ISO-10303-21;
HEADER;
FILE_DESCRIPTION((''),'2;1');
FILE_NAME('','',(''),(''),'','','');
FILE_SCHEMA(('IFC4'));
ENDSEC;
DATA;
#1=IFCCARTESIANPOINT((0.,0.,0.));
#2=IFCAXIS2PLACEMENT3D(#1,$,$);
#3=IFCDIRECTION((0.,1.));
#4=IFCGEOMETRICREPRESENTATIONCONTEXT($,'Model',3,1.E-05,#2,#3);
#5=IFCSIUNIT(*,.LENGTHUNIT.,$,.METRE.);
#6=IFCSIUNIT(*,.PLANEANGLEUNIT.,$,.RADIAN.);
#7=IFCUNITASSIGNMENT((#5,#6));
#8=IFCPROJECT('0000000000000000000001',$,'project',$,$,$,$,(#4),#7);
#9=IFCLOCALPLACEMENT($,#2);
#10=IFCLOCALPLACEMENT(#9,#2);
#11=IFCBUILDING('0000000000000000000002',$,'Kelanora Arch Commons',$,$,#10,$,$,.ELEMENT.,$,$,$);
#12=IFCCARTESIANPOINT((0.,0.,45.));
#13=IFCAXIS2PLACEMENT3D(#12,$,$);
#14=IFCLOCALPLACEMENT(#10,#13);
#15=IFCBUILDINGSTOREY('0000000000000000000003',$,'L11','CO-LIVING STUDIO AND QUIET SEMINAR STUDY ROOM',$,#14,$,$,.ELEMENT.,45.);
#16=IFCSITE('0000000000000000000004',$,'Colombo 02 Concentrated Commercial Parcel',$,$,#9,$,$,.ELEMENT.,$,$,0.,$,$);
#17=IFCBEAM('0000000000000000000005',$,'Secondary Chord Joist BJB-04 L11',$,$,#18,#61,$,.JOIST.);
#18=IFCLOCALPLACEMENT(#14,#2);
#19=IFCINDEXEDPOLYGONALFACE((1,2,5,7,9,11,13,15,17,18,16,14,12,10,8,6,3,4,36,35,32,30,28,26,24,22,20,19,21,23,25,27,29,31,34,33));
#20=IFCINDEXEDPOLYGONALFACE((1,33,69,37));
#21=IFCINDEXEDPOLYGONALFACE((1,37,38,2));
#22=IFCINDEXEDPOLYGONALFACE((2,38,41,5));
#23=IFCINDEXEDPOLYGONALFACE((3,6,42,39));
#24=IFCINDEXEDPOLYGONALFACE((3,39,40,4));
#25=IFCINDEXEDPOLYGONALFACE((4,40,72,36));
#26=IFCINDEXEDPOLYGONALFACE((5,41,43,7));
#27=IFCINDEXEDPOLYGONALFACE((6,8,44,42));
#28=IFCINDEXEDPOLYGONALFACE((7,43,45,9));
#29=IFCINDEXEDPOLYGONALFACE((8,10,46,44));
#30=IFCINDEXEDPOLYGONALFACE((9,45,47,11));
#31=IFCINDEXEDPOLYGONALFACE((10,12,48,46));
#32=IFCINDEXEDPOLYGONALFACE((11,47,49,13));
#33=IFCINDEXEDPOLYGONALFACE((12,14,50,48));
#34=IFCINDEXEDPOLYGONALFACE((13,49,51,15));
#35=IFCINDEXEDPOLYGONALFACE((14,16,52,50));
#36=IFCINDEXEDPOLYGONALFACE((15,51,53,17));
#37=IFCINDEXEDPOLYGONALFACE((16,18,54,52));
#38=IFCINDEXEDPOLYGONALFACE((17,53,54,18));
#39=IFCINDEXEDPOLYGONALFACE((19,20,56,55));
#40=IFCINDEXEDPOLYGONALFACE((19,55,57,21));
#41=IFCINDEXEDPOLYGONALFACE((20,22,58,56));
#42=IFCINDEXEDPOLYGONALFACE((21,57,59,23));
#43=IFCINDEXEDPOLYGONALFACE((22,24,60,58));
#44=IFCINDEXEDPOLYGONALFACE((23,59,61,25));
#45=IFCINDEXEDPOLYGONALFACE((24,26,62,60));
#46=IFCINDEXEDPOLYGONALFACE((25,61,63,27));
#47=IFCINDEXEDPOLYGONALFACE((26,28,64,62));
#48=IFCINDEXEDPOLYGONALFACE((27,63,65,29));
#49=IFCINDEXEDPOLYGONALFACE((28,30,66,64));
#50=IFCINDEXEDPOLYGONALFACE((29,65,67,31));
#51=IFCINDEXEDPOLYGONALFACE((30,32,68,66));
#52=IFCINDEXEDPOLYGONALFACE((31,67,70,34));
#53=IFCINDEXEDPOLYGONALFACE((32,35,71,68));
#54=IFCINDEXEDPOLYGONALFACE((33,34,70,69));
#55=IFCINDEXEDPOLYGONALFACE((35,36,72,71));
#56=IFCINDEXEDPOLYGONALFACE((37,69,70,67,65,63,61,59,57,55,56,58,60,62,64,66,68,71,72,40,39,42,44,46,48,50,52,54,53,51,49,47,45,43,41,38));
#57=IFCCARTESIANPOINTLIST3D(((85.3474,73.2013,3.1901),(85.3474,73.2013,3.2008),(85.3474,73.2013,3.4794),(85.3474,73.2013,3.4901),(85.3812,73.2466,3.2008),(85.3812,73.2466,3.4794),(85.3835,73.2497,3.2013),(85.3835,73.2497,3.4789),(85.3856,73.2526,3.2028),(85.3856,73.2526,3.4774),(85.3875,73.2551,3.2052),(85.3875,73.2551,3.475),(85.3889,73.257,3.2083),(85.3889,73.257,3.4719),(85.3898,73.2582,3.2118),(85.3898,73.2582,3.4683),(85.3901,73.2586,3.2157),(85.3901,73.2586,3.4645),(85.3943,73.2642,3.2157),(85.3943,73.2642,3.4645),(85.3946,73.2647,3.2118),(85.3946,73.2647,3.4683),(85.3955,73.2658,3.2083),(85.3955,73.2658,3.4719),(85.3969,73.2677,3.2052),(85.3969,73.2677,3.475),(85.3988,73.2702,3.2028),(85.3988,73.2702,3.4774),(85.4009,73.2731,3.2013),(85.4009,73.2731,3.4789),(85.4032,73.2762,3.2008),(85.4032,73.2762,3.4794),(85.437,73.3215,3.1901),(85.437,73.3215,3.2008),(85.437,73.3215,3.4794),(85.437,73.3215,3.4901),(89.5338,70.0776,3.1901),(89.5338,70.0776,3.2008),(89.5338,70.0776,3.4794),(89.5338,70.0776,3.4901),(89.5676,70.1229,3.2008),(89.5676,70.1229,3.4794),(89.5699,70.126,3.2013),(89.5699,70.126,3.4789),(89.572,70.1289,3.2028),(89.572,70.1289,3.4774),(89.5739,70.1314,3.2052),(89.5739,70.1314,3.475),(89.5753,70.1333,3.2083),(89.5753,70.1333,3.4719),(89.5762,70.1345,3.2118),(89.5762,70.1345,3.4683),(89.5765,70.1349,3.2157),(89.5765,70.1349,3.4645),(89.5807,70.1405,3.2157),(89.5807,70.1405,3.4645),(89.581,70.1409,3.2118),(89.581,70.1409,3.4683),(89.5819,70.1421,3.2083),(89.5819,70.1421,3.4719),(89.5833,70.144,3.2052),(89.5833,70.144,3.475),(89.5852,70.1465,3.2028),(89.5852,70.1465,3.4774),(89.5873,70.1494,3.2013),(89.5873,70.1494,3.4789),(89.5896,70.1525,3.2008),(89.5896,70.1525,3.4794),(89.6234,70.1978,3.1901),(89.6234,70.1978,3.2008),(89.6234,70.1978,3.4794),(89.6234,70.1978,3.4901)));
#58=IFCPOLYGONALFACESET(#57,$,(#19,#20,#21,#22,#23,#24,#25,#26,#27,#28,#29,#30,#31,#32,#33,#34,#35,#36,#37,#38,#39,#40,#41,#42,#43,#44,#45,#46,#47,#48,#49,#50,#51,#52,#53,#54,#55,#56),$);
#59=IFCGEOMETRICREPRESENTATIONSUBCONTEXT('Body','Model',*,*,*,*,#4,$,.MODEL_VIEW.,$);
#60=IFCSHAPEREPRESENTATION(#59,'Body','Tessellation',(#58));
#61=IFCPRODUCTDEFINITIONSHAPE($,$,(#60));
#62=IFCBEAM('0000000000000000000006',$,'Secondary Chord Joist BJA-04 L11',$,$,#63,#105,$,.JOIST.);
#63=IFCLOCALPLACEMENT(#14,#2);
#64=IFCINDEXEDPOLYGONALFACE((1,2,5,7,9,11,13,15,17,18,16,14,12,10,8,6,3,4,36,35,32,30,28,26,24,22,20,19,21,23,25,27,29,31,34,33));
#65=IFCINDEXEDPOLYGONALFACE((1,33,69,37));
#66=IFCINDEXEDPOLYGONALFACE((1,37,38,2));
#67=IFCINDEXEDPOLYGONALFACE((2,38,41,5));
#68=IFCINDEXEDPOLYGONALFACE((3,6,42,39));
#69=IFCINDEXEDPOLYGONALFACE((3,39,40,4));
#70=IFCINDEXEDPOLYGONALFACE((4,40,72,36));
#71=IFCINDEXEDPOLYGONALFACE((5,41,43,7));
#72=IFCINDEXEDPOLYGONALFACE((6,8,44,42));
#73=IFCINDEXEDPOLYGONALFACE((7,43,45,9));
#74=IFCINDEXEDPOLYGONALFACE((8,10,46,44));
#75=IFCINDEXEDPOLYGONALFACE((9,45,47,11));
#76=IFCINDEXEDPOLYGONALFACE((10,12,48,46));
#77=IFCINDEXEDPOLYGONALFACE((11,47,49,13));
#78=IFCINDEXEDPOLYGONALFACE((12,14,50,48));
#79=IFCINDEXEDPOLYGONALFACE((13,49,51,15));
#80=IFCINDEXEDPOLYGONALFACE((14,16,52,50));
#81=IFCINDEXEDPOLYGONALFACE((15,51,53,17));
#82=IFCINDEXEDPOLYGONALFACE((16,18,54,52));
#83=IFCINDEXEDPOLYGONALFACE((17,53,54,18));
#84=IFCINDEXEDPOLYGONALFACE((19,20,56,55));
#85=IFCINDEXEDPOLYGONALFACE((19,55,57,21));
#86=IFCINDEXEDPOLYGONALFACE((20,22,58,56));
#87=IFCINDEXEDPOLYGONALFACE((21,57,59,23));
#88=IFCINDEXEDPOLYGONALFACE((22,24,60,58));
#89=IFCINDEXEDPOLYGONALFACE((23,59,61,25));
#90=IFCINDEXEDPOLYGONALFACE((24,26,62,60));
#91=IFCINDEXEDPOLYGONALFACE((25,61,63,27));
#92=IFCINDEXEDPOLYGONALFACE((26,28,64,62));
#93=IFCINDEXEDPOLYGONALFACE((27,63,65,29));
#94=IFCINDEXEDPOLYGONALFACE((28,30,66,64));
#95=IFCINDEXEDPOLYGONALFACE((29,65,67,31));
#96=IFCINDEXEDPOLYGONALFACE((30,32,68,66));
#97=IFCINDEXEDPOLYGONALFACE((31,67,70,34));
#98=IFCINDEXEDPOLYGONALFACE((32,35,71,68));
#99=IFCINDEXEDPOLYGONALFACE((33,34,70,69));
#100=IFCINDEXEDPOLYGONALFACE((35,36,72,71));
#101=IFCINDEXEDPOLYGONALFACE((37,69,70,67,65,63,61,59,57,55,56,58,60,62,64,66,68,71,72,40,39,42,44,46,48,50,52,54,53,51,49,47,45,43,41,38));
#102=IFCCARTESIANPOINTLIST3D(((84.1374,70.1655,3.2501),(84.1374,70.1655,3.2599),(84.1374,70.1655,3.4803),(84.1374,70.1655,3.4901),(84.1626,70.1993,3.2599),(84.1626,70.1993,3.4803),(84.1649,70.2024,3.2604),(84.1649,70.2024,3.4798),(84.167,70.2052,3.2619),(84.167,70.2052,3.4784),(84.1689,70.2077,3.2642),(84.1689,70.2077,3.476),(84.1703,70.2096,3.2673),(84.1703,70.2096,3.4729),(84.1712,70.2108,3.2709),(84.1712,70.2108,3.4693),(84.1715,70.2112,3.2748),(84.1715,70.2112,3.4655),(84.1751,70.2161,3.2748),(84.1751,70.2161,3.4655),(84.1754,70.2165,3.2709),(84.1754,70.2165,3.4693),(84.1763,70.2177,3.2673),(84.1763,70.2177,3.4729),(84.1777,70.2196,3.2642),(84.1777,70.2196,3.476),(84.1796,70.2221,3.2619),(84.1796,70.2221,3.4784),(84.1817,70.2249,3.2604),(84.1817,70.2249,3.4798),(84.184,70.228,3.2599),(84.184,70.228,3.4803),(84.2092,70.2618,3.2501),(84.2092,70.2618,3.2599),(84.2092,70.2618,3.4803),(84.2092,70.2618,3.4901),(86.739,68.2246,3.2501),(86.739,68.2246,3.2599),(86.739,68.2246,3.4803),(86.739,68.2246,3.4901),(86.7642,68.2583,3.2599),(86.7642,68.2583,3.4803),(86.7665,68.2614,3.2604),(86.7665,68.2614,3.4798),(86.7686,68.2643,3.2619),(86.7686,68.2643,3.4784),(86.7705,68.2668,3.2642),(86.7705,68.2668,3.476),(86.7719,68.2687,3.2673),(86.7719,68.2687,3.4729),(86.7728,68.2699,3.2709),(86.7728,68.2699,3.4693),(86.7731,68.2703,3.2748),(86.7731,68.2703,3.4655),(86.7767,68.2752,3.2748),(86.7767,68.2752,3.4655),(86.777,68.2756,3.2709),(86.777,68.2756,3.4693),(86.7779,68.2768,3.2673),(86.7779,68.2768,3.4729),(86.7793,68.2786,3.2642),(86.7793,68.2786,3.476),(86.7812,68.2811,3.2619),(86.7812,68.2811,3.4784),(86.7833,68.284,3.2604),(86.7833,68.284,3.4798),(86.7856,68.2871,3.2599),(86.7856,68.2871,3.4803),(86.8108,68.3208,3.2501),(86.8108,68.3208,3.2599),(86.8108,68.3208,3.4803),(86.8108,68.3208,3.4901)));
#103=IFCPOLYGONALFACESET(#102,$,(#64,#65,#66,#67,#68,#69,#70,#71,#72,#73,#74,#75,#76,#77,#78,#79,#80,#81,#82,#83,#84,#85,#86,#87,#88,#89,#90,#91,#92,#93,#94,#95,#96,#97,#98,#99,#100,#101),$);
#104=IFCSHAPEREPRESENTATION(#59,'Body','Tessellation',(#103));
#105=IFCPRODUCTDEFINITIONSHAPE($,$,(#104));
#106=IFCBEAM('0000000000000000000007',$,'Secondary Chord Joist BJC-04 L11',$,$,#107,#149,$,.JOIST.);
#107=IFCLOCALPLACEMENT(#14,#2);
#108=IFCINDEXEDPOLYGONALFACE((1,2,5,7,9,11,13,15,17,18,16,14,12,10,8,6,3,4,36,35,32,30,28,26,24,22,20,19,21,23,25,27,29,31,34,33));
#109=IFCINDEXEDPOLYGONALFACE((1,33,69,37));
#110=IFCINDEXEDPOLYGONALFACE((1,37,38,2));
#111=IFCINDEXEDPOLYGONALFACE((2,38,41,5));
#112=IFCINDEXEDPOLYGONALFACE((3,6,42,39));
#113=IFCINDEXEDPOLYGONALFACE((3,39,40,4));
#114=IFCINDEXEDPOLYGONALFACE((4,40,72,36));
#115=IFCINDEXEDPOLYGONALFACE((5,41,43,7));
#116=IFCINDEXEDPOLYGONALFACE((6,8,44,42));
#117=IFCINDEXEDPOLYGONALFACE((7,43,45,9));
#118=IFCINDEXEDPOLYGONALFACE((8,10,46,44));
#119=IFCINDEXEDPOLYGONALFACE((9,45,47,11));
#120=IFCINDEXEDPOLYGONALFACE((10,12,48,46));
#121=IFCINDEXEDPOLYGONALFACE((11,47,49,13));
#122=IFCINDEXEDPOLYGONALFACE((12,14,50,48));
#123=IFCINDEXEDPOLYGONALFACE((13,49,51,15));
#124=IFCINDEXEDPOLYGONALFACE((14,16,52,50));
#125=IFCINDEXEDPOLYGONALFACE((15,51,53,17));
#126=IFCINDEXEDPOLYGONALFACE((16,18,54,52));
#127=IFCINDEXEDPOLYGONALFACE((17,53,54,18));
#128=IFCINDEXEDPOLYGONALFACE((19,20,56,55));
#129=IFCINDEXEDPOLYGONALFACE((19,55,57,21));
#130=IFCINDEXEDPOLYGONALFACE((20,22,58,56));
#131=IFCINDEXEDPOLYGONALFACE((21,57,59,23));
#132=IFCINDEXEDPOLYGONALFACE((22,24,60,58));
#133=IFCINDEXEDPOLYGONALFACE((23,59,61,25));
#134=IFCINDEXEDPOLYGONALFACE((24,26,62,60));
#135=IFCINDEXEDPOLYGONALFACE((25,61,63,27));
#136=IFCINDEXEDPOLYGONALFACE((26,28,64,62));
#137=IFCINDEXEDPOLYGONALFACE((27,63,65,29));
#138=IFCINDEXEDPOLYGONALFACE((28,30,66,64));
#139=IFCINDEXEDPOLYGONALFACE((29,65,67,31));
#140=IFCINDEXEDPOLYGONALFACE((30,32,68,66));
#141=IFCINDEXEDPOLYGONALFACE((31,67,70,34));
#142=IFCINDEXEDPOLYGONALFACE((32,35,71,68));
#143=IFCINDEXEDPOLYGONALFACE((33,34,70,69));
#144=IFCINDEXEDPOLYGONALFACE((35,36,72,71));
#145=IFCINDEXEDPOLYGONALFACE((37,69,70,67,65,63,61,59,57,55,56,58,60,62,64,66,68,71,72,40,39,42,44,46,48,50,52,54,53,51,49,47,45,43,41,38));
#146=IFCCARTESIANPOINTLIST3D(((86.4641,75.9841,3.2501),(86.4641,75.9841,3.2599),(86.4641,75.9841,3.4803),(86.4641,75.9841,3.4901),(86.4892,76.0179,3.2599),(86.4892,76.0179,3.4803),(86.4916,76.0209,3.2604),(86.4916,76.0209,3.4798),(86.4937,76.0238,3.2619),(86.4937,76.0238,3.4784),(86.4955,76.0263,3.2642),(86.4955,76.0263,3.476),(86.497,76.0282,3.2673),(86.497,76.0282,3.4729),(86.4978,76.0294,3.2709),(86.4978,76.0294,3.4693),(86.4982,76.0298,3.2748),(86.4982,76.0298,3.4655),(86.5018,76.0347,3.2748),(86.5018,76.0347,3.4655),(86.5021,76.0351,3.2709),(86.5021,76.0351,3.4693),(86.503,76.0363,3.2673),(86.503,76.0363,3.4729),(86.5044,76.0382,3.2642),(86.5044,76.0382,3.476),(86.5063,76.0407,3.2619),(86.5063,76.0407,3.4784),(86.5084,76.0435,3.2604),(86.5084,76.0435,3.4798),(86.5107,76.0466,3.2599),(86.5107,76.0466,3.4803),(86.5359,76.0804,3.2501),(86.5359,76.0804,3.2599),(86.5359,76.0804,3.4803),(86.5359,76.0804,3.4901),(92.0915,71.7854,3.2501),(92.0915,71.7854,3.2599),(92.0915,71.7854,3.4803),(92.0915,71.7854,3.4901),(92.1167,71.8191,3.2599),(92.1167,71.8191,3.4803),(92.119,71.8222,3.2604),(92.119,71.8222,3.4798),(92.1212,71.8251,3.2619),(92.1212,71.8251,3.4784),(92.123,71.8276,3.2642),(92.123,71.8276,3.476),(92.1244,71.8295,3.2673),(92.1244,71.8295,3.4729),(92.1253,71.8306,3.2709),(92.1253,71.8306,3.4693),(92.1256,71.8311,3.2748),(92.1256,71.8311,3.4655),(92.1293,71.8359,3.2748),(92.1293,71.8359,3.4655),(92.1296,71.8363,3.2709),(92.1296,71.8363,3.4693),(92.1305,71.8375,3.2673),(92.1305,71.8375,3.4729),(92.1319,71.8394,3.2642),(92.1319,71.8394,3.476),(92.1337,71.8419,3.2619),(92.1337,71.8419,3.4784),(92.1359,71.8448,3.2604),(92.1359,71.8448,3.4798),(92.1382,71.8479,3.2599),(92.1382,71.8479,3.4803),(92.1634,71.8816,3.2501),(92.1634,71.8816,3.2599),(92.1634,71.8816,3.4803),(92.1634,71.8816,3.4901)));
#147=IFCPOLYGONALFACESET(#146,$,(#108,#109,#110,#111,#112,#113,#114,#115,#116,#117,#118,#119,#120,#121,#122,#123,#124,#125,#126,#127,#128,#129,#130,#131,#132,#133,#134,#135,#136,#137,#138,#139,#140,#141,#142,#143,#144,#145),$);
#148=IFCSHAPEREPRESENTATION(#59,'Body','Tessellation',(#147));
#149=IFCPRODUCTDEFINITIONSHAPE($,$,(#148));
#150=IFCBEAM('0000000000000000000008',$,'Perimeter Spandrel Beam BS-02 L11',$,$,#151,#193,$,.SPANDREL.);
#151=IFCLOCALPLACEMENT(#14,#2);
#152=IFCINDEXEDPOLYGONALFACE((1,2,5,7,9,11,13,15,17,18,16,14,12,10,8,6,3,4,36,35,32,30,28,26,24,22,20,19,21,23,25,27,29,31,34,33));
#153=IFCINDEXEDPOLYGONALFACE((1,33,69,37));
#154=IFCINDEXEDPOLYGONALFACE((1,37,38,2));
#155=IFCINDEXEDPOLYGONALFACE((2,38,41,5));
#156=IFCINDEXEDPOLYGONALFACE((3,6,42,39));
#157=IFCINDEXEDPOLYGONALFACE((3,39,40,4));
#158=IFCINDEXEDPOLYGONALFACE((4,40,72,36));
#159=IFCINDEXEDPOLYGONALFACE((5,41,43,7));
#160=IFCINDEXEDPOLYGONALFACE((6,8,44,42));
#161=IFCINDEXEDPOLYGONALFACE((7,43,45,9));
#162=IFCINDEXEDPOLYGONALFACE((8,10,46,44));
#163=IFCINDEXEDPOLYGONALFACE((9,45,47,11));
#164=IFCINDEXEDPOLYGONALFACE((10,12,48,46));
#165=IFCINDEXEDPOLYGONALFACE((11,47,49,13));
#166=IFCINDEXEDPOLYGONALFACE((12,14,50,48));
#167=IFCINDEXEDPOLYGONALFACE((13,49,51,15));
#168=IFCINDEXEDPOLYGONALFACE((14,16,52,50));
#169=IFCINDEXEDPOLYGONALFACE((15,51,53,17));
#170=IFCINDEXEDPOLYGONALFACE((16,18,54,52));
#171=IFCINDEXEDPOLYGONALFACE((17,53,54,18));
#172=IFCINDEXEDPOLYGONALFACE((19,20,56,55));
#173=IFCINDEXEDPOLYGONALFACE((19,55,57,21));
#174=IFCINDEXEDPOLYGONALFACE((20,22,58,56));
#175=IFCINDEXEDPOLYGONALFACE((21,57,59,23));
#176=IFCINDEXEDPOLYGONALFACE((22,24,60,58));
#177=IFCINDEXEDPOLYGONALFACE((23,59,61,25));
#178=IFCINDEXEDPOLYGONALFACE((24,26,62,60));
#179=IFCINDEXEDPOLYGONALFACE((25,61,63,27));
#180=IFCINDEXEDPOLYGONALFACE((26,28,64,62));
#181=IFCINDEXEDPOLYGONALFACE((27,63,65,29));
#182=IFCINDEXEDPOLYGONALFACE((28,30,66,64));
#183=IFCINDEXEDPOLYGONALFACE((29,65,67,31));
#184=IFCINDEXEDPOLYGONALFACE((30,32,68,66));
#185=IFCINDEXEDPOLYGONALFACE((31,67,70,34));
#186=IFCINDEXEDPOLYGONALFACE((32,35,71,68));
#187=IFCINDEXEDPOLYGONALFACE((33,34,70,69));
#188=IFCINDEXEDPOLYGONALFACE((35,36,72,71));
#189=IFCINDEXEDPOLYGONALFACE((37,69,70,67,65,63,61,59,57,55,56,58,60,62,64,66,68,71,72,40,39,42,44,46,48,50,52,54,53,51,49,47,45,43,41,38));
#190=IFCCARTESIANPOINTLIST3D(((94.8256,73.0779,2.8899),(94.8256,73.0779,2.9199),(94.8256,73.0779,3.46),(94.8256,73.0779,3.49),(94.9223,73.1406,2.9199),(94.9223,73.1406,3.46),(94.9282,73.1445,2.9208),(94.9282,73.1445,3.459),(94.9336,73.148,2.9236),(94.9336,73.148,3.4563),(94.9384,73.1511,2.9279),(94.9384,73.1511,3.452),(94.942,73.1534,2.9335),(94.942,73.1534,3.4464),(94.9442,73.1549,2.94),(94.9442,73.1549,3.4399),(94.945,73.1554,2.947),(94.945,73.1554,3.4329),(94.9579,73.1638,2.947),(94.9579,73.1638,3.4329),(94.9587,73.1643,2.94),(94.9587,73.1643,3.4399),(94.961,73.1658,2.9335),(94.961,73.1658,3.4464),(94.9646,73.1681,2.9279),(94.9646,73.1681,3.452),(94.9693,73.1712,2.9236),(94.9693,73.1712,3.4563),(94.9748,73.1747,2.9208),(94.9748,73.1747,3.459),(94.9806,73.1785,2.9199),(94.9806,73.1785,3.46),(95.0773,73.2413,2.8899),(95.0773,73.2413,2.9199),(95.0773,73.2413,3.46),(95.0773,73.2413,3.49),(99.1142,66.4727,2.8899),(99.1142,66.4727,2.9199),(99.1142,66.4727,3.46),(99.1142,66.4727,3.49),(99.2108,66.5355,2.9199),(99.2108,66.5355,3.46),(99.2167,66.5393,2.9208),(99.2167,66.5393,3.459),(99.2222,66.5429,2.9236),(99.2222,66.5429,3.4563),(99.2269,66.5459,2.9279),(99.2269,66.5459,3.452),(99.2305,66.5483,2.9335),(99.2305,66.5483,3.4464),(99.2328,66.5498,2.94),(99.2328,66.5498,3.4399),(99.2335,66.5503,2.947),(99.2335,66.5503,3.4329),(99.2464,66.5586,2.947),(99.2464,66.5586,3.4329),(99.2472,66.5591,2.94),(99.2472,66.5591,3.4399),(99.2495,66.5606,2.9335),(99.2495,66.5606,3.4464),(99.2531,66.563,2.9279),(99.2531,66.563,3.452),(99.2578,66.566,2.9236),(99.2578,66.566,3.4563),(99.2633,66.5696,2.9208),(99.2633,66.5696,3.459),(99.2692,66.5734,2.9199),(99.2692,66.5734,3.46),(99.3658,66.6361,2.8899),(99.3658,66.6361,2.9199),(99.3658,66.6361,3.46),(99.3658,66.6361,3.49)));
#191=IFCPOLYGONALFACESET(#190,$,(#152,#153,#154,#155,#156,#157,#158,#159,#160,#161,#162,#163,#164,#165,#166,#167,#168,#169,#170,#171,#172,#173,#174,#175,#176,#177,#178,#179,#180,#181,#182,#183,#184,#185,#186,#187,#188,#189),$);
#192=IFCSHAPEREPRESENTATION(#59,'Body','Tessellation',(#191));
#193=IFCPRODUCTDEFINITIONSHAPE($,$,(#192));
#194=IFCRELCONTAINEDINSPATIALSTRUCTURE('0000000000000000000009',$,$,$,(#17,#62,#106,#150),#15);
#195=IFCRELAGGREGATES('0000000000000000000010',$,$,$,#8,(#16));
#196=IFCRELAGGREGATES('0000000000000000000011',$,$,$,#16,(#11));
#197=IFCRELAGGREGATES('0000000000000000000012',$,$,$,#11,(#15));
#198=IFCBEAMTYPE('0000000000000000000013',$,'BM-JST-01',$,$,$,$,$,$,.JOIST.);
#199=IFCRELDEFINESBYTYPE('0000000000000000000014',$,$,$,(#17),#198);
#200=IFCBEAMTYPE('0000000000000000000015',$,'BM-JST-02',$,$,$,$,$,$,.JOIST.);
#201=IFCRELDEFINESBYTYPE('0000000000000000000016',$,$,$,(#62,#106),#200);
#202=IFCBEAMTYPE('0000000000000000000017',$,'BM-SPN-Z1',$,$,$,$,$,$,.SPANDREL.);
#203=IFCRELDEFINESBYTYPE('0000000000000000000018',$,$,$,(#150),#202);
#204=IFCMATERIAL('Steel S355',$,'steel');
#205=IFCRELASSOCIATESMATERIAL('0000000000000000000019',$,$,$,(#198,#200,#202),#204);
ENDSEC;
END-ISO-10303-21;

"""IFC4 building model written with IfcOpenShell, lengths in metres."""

from ifc_helpers import new_model, si_unit, direction, frame, origin, origin_2d, place, context, subcontext, project, spatial, i_section, extrude, material, material_profile, profile_set, type_object, element, save


model = new_model("IFC4")

# Units and contexts
model_context = context("Model", 3, precision=1e-05, world=origin(), true_north=direction((0.0, 1.0)))
body_context = subcontext(model_context, "Body", "Model", "MODEL_VIEW")
ifc_project = project(units=[si_unit("LENGTHUNIT", "METRE"), si_unit("PLANEANGLEUNIT", "RADIAN")], contexts=[model_context])

# Site, building, storey
site_placement = place(None, origin())
site = spatial("IfcSite", under=ifc_project, at=site_placement, Name="Colombo 02 Concentrated Commercial Parcel", CompositionType="ELEMENT", RefElevation=0.0)
building_placement = place(site_placement, origin())
building = spatial("IfcBuilding", under=site, at=building_placement, Name="Kelanora Arch Commons", CompositionType="ELEMENT")
storey_placement = place(building_placement, frame((0.0, 0.0, 45.0)))
storey = spatial("IfcBuildingStorey", under=building, at=storey_placement, Name="L11", Description="CO-LIVING STUDIO AND QUIET SEMINAR STUDY ROOM", CompositionType="ELEMENT", Elevation=45.0)

# Beams
ifc_material_1 = material(Name="Steel S355", Category="steel")
ifc_material_profile_1 = material_profile(ifc_material_1, i_section(OverallWidth=0.1499, OverallDepth=0.3, WebThickness=0.0071, FlangeThickness=0.0107, FilletRadius=0.0149, at=origin_2d()), Name="IPE300")
ifc_profile_set_1 = profile_set([ifc_material_profile_1], Name="Steel S355")
beam_type_1 = type_object("IfcBeamType", Name="BM-JST-01", PredefinedType="JOIST", material=ifc_profile_set_1)
beam_1_placement = place(storey_placement, frame((89.5786, 70.1377, 3.3401), z_axis=(-0.801478, 0.598024, 0.0), x_axis=(-0.598024, -0.801478, 0.0)))
element("IfcBeam", 1, at=beam_1_placement, inside=storey, type_object=beam_type_1, Name="Secondary Chord Joist BJB-04 L11", PredefinedType="JOIST", context=body_context, shape_type="SweptSolid", body=[
    extrude(i_section(OverallWidth=0.1499, OverallDepth=0.3, WebThickness=0.0071, FlangeThickness=0.0107, FilletRadius=0.0149, at=origin_2d()), origin(), (0.0, 0.0, 1.0), 5.2234),
])
ifc_material_profile_2 = material_profile(ifc_material_1, i_section(OverallWidth=0.1201, OverallDepth=0.24, WebThickness=0.0061, FlangeThickness=0.0098, FilletRadius=0.0149, at=origin_2d()), Name="IPE240")
ifc_profile_set_2 = profile_set([ifc_material_profile_2], Name="Steel S355")
beam_type_2 = type_object("IfcBeamType", Name="BM-JST-02", PredefinedType="JOIST", material=ifc_profile_set_2)
beam_2_placement = place(storey_placement, frame((86.7749, 68.2727, 3.3701), z_axis=(-0.801514, 0.597976, 0.0), x_axis=(-0.597976, -0.801514, 0.0)))
element("IfcBeam", 2, at=beam_2_placement, inside=storey, type_object=beam_type_2, Name="Secondary Chord Joist BJA-04 L11", PredefinedType="JOIST", context=body_context, shape_type="SweptSolid", body=[
    extrude(i_section(OverallWidth=0.1201, OverallDepth=0.24, WebThickness=0.0061, FlangeThickness=0.0098, FilletRadius=0.0149, at=origin_2d()), origin(), (0.0, 0.0, 1.0), 3.2458),
])
beam_3_placement = place(storey_placement, frame((92.1274, 71.8335, 3.3701), z_axis=(-0.801491, 0.598006, 0.0), x_axis=(-0.598006, -0.801491, 0.0)))
element("IfcBeam", 3, at=beam_3_placement, inside=storey, type_object=beam_type_2, Name="Secondary Chord Joist BJC-04 L11", PredefinedType="JOIST", context=body_context, shape_type="SweptSolid", body=[
    extrude(i_section(OverallWidth=0.1201, OverallDepth=0.24, WebThickness=0.0061, FlangeThickness=0.0098, FilletRadius=0.0149, at=origin_2d()), origin(), (0.0, 0.0, 1.0), 7.0212),
])
ifc_material_profile_3 = material_profile(ifc_material_1, i_section(OverallWidth=0.3, OverallDepth=0.6001, WebThickness=0.0154, FlangeThickness=0.03, FilletRadius=0.0271, at=origin_2d()), Name="HEB600")
ifc_profile_set_3 = profile_set([ifc_material_profile_3], Name="Steel S355")
beam_type_3 = type_object("IfcBeamType", Name="BM-SPN-Z1", PredefinedType="SPANDREL", material=ifc_profile_set_3)
beam_4_placement = place(storey_placement, frame((99.24, 66.5544, 3.1899), z_axis=(-0.544558, 0.838723, 0.0), x_axis=(-0.838723, -0.544558, 0.0)))
element("IfcBeam", 4, at=beam_4_placement, inside=storey, type_object=beam_type_3, Name="Perimeter Spandrel Beam BS-02 L11", PredefinedType="SPANDREL", context=body_context, shape_type="SweptSolid", body=[
    extrude(i_section(OverallWidth=0.3, OverallDepth=0.6001, WebThickness=0.0154, FlangeThickness=0.03, FilletRadius=0.0271, at=origin_2d()), origin(), (0.0, 0.0, 1.0), 7.8752),
])

save(model, "model.ifc")
